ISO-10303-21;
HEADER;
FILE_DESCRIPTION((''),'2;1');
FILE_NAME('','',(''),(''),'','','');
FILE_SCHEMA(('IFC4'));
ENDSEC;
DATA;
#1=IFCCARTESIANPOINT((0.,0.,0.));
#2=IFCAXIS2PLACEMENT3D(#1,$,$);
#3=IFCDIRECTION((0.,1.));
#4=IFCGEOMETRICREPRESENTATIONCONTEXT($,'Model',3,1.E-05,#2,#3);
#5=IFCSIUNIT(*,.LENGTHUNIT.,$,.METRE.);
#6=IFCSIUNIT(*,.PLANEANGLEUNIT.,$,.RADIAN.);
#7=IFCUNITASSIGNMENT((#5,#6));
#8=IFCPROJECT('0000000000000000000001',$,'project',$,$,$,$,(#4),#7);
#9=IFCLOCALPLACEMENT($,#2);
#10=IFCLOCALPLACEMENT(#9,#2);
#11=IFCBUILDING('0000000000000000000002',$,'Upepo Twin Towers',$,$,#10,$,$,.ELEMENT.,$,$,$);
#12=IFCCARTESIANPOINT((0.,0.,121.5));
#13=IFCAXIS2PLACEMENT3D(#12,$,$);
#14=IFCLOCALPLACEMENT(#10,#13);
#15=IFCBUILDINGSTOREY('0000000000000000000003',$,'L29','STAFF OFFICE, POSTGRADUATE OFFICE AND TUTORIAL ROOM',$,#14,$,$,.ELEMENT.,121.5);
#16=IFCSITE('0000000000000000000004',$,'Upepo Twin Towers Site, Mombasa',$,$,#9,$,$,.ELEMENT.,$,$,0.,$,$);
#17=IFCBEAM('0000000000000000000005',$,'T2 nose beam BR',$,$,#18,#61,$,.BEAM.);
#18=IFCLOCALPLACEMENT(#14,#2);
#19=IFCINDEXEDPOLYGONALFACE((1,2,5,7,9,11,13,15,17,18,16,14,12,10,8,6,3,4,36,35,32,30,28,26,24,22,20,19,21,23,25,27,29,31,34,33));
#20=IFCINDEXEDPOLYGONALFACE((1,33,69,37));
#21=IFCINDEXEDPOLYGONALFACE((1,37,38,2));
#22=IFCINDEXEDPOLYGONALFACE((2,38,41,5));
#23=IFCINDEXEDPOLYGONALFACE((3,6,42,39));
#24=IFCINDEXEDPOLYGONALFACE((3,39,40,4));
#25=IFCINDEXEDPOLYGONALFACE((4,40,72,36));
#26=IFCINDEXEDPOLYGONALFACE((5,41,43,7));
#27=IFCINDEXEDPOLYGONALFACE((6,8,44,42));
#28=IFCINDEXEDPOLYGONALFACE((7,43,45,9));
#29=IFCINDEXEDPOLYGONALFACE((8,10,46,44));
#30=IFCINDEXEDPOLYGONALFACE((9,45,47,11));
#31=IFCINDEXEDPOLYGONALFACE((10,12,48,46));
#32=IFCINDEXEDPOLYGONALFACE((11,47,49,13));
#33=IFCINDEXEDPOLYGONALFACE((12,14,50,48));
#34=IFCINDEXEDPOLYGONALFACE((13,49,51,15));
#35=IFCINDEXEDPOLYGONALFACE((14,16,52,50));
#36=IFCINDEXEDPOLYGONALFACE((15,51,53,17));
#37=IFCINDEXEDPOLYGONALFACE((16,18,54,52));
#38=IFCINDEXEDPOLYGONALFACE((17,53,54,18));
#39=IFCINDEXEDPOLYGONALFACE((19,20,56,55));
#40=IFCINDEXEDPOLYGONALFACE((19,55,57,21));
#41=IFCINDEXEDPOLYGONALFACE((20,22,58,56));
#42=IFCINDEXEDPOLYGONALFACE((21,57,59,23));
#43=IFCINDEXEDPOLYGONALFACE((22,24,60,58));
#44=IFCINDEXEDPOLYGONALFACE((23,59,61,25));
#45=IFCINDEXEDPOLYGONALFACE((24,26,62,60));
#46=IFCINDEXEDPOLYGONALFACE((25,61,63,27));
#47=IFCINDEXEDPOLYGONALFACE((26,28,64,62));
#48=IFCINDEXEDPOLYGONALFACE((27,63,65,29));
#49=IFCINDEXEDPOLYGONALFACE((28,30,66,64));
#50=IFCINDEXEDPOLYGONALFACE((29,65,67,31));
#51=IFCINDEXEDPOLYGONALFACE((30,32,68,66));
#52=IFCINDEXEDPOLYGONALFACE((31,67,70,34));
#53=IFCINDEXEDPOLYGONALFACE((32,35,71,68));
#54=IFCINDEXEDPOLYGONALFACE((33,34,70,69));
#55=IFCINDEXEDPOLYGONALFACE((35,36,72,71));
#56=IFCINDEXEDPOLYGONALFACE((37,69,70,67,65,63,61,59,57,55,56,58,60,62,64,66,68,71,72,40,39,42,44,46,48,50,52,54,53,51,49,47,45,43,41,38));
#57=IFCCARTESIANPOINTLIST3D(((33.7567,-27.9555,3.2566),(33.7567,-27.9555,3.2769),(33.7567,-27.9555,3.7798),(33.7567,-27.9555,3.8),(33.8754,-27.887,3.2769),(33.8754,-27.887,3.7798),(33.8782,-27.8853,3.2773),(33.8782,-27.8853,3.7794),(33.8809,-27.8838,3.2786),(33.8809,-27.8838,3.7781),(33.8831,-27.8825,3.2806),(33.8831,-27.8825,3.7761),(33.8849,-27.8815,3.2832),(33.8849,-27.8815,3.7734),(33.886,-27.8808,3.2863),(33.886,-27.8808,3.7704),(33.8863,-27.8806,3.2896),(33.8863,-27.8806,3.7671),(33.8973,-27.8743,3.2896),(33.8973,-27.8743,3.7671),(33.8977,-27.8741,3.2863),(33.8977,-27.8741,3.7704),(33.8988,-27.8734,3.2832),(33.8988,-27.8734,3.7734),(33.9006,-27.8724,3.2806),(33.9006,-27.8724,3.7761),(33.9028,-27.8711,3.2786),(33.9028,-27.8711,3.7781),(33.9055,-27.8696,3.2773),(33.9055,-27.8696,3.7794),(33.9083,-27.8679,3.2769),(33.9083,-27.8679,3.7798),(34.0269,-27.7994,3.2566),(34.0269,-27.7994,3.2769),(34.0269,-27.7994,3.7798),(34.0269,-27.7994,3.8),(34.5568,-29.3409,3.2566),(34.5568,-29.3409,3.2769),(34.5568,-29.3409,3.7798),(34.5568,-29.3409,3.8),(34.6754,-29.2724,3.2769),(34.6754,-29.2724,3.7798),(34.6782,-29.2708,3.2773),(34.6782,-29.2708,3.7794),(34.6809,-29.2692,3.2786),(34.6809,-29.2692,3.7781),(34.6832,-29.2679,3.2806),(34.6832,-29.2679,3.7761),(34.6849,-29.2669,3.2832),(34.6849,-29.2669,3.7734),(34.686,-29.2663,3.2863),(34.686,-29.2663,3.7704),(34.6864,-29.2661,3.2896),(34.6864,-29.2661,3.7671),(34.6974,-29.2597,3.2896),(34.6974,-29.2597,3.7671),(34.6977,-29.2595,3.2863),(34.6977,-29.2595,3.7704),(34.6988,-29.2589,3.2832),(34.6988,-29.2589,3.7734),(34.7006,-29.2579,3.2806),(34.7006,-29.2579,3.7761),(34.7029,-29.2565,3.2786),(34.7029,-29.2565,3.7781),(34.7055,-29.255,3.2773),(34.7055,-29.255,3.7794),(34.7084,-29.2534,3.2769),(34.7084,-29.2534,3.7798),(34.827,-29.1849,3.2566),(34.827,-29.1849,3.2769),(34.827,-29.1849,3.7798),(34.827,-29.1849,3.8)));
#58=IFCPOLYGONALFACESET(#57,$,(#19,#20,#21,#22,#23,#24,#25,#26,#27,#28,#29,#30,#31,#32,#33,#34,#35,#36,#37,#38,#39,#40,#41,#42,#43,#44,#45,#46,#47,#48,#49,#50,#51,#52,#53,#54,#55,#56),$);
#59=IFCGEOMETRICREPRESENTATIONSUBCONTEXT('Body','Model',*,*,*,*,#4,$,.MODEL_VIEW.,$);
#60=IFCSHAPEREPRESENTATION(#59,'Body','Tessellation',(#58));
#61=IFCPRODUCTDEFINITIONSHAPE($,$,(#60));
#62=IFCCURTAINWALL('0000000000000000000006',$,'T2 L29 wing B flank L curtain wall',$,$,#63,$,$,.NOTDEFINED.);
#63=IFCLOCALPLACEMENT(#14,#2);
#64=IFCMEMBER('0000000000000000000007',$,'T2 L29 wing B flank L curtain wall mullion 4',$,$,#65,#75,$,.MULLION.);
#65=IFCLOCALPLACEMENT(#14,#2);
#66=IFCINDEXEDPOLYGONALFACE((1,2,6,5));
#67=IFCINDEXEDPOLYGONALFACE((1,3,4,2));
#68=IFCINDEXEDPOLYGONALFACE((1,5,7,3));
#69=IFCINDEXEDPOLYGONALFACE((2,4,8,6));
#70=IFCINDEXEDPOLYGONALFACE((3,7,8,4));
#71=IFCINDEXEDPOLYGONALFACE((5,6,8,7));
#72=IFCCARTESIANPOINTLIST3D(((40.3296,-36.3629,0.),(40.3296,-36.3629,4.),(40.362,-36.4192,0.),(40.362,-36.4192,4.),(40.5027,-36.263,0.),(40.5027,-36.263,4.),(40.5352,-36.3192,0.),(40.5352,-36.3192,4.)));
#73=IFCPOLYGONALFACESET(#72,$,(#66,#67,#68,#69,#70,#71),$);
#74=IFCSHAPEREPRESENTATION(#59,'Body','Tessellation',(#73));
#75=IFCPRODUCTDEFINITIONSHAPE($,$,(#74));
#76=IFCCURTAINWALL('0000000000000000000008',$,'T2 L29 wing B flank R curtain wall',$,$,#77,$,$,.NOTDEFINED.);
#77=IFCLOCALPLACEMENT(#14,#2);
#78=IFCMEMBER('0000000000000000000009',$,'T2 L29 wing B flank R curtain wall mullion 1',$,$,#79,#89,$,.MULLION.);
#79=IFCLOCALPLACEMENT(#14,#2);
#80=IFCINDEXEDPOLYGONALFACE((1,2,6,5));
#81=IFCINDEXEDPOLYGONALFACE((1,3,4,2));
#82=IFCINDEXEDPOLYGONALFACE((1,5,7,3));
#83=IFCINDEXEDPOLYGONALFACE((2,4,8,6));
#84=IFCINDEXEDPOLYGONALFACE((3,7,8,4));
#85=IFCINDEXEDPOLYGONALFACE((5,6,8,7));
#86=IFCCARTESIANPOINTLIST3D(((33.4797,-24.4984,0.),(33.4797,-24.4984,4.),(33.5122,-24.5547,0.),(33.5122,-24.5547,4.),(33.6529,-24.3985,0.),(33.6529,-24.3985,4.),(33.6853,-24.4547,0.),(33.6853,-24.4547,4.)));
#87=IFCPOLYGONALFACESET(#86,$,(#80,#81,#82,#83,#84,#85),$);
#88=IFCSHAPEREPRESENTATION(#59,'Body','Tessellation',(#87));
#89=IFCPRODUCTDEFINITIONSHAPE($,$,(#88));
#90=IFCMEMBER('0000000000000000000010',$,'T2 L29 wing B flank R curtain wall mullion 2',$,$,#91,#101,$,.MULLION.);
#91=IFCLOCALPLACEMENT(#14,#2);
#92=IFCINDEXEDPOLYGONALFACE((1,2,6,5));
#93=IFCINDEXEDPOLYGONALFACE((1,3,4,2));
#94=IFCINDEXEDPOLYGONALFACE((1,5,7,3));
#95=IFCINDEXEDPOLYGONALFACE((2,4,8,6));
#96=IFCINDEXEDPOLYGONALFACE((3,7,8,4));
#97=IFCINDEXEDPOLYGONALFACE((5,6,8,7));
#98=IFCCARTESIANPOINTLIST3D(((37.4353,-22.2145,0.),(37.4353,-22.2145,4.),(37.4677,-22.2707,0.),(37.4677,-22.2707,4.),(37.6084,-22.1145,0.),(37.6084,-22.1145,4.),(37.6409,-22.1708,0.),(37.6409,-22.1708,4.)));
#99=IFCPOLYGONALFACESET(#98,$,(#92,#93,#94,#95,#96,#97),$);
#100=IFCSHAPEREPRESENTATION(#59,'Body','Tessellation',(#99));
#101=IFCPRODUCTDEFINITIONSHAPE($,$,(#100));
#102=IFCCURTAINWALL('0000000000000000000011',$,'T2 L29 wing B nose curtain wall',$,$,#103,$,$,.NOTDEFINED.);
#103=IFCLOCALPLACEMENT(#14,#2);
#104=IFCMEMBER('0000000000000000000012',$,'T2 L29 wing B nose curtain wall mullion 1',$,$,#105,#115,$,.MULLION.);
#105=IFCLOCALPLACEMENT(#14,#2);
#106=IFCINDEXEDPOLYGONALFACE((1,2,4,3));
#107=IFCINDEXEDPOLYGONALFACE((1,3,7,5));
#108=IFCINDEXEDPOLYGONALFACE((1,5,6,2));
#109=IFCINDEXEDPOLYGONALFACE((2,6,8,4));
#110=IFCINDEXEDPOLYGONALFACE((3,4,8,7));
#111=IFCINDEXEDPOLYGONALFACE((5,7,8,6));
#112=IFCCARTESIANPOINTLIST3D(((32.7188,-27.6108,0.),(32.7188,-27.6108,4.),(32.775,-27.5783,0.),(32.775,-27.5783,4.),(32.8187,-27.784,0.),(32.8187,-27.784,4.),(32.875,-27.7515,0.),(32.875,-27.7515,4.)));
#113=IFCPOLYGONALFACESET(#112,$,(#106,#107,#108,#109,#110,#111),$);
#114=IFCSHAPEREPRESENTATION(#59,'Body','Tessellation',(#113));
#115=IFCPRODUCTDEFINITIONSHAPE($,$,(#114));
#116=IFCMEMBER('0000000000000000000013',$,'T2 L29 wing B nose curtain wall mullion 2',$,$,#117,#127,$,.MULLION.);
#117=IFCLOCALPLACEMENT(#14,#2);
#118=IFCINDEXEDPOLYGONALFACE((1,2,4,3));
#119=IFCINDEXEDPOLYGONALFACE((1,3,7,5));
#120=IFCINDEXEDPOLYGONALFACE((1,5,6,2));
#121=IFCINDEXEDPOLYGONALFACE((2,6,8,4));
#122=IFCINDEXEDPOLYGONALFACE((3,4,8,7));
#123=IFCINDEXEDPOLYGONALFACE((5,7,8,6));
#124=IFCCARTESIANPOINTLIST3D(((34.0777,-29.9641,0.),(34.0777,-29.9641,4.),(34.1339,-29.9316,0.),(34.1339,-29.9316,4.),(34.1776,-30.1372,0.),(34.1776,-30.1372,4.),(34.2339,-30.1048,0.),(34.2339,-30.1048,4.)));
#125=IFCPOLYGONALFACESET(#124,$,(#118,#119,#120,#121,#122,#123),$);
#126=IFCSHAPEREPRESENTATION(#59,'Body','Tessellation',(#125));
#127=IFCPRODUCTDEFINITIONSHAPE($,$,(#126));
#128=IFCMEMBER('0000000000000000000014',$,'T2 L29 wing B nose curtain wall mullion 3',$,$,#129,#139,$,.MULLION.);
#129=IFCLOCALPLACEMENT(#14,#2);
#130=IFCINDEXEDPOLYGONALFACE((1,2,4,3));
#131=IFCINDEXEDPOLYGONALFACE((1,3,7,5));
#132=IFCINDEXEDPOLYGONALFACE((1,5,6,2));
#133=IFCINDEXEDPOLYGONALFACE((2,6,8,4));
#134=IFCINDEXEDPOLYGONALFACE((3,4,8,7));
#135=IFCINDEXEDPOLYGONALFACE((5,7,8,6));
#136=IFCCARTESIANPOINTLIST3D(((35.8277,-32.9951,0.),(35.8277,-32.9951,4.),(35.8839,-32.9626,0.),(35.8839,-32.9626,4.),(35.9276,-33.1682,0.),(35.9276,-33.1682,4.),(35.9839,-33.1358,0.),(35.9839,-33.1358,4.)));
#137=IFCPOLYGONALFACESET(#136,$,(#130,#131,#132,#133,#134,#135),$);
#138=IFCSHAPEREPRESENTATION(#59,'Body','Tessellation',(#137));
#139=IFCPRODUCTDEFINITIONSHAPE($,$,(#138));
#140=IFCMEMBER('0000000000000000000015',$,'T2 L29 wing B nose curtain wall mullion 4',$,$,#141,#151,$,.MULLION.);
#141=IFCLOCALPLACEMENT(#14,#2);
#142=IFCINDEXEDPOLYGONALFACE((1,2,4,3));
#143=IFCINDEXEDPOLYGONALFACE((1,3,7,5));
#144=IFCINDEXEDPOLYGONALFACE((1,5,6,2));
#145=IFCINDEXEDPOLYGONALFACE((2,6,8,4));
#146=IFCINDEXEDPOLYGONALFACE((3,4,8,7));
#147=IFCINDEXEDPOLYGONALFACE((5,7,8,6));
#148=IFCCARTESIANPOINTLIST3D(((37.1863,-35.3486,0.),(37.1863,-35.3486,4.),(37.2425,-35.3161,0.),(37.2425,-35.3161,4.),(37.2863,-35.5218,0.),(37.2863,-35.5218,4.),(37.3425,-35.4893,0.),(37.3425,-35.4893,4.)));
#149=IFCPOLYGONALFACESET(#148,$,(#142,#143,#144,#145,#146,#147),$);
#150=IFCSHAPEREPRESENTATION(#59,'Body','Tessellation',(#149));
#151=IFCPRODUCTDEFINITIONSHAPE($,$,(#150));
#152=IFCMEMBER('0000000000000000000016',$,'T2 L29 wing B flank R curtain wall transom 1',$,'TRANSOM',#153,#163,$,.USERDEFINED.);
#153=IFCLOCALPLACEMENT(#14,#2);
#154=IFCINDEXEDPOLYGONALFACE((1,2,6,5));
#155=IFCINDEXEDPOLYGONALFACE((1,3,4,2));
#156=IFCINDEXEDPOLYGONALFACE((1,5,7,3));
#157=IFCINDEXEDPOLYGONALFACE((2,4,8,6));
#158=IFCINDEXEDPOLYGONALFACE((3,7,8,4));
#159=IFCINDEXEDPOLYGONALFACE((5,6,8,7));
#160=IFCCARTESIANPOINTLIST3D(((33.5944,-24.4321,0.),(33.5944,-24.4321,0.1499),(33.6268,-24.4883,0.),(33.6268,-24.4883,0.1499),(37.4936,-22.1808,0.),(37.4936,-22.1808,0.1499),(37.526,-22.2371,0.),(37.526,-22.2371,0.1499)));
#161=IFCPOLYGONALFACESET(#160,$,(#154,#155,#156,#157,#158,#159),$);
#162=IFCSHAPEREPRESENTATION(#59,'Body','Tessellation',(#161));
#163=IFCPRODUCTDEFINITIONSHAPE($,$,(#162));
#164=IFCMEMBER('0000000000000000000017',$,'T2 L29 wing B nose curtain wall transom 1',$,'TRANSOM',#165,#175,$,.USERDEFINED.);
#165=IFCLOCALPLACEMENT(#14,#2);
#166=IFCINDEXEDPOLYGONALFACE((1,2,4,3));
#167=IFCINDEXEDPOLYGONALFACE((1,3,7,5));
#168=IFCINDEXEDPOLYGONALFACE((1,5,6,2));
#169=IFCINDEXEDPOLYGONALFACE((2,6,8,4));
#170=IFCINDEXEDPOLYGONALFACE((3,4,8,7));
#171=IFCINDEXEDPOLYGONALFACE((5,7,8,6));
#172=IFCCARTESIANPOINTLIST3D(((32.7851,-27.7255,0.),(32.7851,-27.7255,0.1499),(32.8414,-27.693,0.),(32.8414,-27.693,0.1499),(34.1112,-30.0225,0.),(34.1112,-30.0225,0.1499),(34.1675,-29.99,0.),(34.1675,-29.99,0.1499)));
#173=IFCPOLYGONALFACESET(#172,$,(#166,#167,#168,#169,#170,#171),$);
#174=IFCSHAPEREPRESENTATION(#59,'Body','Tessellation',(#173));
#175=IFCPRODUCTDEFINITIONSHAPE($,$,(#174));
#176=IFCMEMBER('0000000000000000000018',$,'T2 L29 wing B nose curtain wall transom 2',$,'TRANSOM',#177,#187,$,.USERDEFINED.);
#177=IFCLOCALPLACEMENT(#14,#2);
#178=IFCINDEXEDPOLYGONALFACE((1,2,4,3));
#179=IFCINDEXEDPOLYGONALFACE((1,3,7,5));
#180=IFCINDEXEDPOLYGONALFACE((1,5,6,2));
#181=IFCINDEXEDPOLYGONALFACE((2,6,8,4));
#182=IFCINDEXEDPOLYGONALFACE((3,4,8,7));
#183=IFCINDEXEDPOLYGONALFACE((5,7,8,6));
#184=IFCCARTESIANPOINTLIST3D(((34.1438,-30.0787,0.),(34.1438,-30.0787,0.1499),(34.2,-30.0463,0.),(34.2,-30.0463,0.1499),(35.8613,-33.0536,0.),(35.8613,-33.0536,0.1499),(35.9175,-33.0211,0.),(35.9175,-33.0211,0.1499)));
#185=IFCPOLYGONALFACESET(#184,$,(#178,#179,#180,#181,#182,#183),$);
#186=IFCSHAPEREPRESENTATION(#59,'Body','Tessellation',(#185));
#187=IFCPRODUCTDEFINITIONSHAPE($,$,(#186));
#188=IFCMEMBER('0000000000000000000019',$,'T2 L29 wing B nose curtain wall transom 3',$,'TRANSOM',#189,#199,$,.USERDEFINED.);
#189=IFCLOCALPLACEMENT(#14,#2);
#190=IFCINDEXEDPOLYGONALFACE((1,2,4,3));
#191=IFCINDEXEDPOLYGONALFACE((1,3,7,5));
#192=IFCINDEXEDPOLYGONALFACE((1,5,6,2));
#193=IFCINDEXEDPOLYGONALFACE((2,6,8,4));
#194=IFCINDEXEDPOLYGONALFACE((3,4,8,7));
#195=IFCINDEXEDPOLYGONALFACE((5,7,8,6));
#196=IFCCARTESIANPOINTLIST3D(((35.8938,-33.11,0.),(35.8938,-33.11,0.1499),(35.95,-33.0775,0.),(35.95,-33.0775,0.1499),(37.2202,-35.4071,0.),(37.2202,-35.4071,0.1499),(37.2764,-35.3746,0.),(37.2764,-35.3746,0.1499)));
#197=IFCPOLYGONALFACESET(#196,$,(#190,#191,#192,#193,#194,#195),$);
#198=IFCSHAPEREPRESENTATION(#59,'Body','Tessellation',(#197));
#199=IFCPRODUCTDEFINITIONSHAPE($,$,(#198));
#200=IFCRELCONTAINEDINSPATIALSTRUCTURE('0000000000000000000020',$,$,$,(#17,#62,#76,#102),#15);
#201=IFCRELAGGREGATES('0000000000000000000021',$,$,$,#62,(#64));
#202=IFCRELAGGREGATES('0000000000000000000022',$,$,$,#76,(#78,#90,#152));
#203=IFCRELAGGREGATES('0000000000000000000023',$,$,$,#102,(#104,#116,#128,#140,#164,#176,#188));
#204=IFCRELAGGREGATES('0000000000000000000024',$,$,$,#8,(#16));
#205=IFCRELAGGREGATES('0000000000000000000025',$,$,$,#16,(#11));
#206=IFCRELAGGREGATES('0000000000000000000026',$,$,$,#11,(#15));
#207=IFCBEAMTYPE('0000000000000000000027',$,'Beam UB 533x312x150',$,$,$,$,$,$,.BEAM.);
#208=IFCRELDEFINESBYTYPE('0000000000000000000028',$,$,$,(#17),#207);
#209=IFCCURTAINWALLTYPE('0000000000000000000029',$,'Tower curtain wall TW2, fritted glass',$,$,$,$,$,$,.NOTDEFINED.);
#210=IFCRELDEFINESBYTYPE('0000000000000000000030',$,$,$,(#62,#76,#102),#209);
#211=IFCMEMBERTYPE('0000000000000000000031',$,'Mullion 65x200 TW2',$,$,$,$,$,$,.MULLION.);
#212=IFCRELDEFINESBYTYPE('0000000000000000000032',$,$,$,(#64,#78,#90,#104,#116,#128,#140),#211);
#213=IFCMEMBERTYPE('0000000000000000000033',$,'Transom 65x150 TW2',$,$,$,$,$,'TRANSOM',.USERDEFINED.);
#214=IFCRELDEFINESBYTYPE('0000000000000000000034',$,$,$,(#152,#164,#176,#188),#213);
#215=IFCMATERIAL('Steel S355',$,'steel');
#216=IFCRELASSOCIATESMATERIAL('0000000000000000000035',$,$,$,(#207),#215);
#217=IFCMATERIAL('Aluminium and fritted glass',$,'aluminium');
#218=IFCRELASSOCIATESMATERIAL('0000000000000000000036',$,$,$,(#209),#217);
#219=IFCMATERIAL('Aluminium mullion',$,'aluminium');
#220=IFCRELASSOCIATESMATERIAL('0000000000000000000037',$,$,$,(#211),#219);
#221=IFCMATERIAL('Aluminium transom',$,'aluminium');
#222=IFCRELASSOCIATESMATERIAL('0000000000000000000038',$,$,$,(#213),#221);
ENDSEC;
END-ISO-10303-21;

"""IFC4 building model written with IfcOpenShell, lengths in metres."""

from ifc_helpers import new_model, si_unit, direction, frame, origin, origin_2d, place, context, subcontext, project, spatial, rectangle, i_section, extrude, material, material_profile, profile_set, type_object, element, aggregate, save


model = new_model("IFC4")

# Units and contexts
model_context = context("Model", 3, precision=1e-05, world=origin(), true_north=direction((0.0, 1.0)))
body_context = subcontext(model_context, "Body", "Model", "MODEL_VIEW")
ifc_project = project(units=[si_unit("LENGTHUNIT", "METRE"), si_unit("PLANEANGLEUNIT", "RADIAN")], contexts=[model_context])

# Site, building, storey
site_placement = place(None, origin())
site = spatial("IfcSite", under=ifc_project, at=site_placement, Name="Upepo Twin Towers Site, Mombasa", CompositionType="ELEMENT", RefElevation=0.0)
building_placement = place(site_placement, origin())
building = spatial("IfcBuilding", under=site, at=building_placement, Name="Upepo Twin Towers", CompositionType="ELEMENT")
storey_placement = place(building_placement, frame((0.0, 0.0, 121.5)))
storey = spatial("IfcBuildingStorey", under=building, at=storey_placement, Name="L29", Description="STAFF OFFICE, POSTGRADUATE OFFICE AND TUTORIAL ROOM", CompositionType="ELEMENT", Elevation=121.5)

# Beam
ifc_material_1 = material(Name="Steel S355", Category="steel")
ifc_material_profile_1 = material_profile(ifc_material_1, i_section(OverallWidth=0.312, OverallDepth=0.5435, WebThickness=0.0127, FlangeThickness=0.0203, FilletRadius=0.0127, at=origin_2d()), Name="UB 533x312x150")
ifc_profile_set_1 = profile_set([ifc_material_profile_1], Name="Steel S355")
beam_type_1 = type_object("IfcBeamType", Name="Beam UB 533x312x150", PredefinedType="BEAM", material=ifc_profile_set_1)
for number, where, z_axis, x_axis, name in (
    (1, (33.8918, -27.8774, 3.5283), (0.500061, -0.86599, 0.0), (0.86599, 0.500061, 0.0), "T2 nose beam BR"),
):
    element("IfcBeam", number, at=place(storey_placement, frame(where, z_axis=z_axis, x_axis=x_axis)), inside=storey, type_object=beam_type_1, Name=name, PredefinedType="BEAM", context=body_context, shape_type="SweptSolid", body=[
        extrude(i_section(OverallWidth=0.312, OverallDepth=0.5435, WebThickness=0.0127, FlangeThickness=0.0203, FilletRadius=0.0127, at=origin_2d()), origin(), (0.0, 0.0, 1.0), 1.5999),
    ])

# Curtain wall, member
ifc_material_2 = material(Name="Aluminium and fritted glass", Category="aluminium")
curtain_wall_type = type_object("IfcCurtainWallType", Name="Tower curtain wall TW2, fritted glass", PredefinedType="NOTDEFINED", material=ifc_material_2)
curtain_wall_1_placement = place(storey_placement, origin())
curtain_wall_1 = element("IfcCurtainWall", 2, at=curtain_wall_1_placement, inside=storey, type_object=curtain_wall_type, Name="T2 L29 wing B flank L curtain wall", PredefinedType="NOTDEFINED")
ifc_material_3 = material(Name="Aluminium mullion", Category="aluminium")
ifc_material_profile_2 = material_profile(ifc_material_3, rectangle(XDim=0.0649, YDim=0.2, at=origin_2d()), Name="MULLION 65x200")
ifc_profile_set_2 = profile_set([ifc_material_profile_2], Name="Aluminium mullion")
member_type_1 = type_object("IfcMemberType", Name="Mullion 65x200 TW2", PredefinedType="MULLION", material=ifc_profile_set_2)
member_1_placement = place(storey_placement, frame((40.4324, -36.3411, 0.0), z_axis=(0.0, 0.0, 1.0), x_axis=(0.5, -0.866025, 0.0)))
member_1 = element("IfcMember", 3, at=member_1_placement, type_object=member_type_1, Name="T2 L29 wing B flank L curtain wall mullion 4", PredefinedType="MULLION", context=body_context, shape_type="SweptSolid", body=[
    extrude(rectangle(XDim=0.0649, YDim=0.2, at=origin_2d()), origin(), (0.0, 0.0, 1.0), 4.0),
])
aggregate(curtain_wall_1, [member_1])

# Curtain walls, members
curtain_wall_2_placement = place(storey_placement, origin())
curtain_wall_2 = element("IfcCurtainWall", 4, at=curtain_wall_2_placement, inside=storey, type_object=curtain_wall_type, Name="T2 L29 wing B flank R curtain wall", PredefinedType="NOTDEFINED")
member_2_placement = place(storey_placement, frame((33.5825, -24.4766, 0.0), z_axis=(0.0, 0.0, 1.0), x_axis=(-0.5, 0.866025, 0.0)))
member_2 = element("IfcMember", 5, at=member_2_placement, type_object=member_type_1, Name="T2 L29 wing B flank R curtain wall mullion 1", PredefinedType="MULLION", context=body_context, shape_type="SweptSolid", body=[
    extrude(rectangle(XDim=0.0649, YDim=0.2, at=origin_2d()), origin(), (0.0, 0.0, 1.0), 4.0),
])
member_3_placement = place(storey_placement, frame((37.5381, -22.1926, 0.0), z_axis=(0.0, 0.0, 1.0), x_axis=(-0.5, 0.866025, 0.0)))
member_3 = element("IfcMember", 6, at=member_3_placement, type_object=member_type_1, Name="T2 L29 wing B flank R curtain wall mullion 2", PredefinedType="MULLION", context=body_context, shape_type="SweptSolid", body=[
    extrude(rectangle(XDim=0.0649, YDim=0.2, at=origin_2d()), origin(), (0.0, 0.0, 1.0), 4.0),
])
curtain_wall_3_placement = place(storey_placement, origin())
curtain_wall_3 = element("IfcCurtainWall", 7, at=curtain_wall_3_placement, inside=storey, type_object=curtain_wall_type, Name="T2 L29 wing B nose curtain wall", PredefinedType="NOTDEFINED")
member_4_placement = place(storey_placement, frame((32.7969, -27.6812, 0.0), z_axis=(0.0, 0.0, 1.0), x_axis=(0.866025, 0.5, 0.0)))
member_4 = element("IfcMember", 8, at=member_4_placement, type_object=member_type_1, Name="T2 L29 wing B nose curtain wall mullion 1", PredefinedType="MULLION", context=body_context, shape_type="SweptSolid", body=[
    extrude(rectangle(XDim=0.0649, YDim=0.2, at=origin_2d()), origin(), (0.0, 0.0, 1.0), 4.0),
])
member_5_placement = place(storey_placement, frame((34.1558, -30.0344, 0.0), z_axis=(0.0, 0.0, 1.0), x_axis=(0.866025, 0.5, 0.0)))
member_5 = element("IfcMember", 9, at=member_5_placement, type_object=member_type_1, Name="T2 L29 wing B nose curtain wall mullion 2", PredefinedType="MULLION", context=body_context, shape_type="SweptSolid", body=[
    extrude(rectangle(XDim=0.0649, YDim=0.2, at=origin_2d()), origin(), (0.0, 0.0, 1.0), 4.0),
])
member_6_placement = place(storey_placement, frame((35.9058, -33.0654, 0.0), z_axis=(0.0, 0.0, 1.0), x_axis=(0.866025, 0.5, 0.0)))
member_6 = element("IfcMember", 10, at=member_6_placement, type_object=member_type_1, Name="T2 L29 wing B nose curtain wall mullion 3", PredefinedType="MULLION", context=body_context, shape_type="SweptSolid", body=[
    extrude(rectangle(XDim=0.0649, YDim=0.2, at=origin_2d()), origin(), (0.0, 0.0, 1.0), 4.0),
])
member_7_placement = place(storey_placement, frame((37.2644, -35.4189, 0.0), z_axis=(0.0, 0.0, 1.0), x_axis=(0.866025, 0.5, 0.0)))
member_7 = element("IfcMember", 11, at=member_7_placement, type_object=member_type_1, Name="T2 L29 wing B nose curtain wall mullion 4", PredefinedType="MULLION", context=body_context, shape_type="SweptSolid", body=[
    extrude(rectangle(XDim=0.0649, YDim=0.2, at=origin_2d()), origin(), (0.0, 0.0, 1.0), 4.0),
])

# Members
ifc_material_4 = material(Name="Aluminium transom", Category="aluminium")
ifc_material_profile_3 = material_profile(ifc_material_4, rectangle(XDim=0.0649, YDim=0.1499, at=origin_2d()), Name="TRANSOM 65x150")
ifc_profile_set_3 = profile_set([ifc_material_profile_3], Name="Aluminium transom")
member_type_2 = type_object("IfcMemberType", Name="Transom 65x150 TW2", ElementType="TRANSOM", PredefinedType="USERDEFINED", material=ifc_profile_set_3)
member_8_placement = place(storey_placement, frame((33.6106, -24.4602, 0.075), z_axis=(0.866022, 0.500006, 0.0), x_axis=(-0.500006, 0.866022, 0.0)))
member_8 = element("IfcMember", 12, at=member_8_placement, type_object=member_type_2, Name="T2 L29 wing B flank R curtain wall transom 1", ObjectType="TRANSOM", PredefinedType="USERDEFINED", context=body_context, shape_type="SweptSolid", body=[
    extrude(rectangle(XDim=0.0649, YDim=0.1499, at=origin_2d()), origin(), (0.0, 0.0, 1.0), 4.5024),
])
member_9_placement = place(storey_placement, frame((32.8132, -27.7092, 0.075), z_axis=(0.49998, -0.866037, 0.0), x_axis=(0.866037, 0.49998, 0.0)))
member_9 = element("IfcMember", 13, at=member_9_placement, type_object=member_type_2, Name="T2 L29 wing B nose curtain wall transom 1", ObjectType="TRANSOM", PredefinedType="USERDEFINED", context=body_context, shape_type="SweptSolid", body=[
    extrude(rectangle(XDim=0.0649, YDim=0.1499, at=origin_2d()), origin(), (0.0, 0.0, 1.0), 2.6523),
])
member_10_placement = place(storey_placement, frame((34.1719, -30.0625, 0.075), z_axis=(0.499999, -0.866026, 0.0), x_axis=(0.866026, 0.499999, 0.0)))
member_10 = element("IfcMember", 14, at=member_10_placement, type_object=member_type_2, Name="T2 L29 wing B nose curtain wall transom 2", ObjectType="TRANSOM", PredefinedType="USERDEFINED", context=body_context, shape_type="SweptSolid", body=[
    extrude(rectangle(XDim=0.0649, YDim=0.1499, at=origin_2d()), origin(), (0.0, 0.0, 1.0), 3.4351),
])
member_11_placement = place(storey_placement, frame((35.9219, -33.0938, 0.075), z_axis=(0.500049, -0.865997, 0.0), x_axis=(0.865997, 0.500049, 0.0)))
member_11 = element("IfcMember", 15, at=member_11_placement, type_object=member_type_2, Name="T2 L29 wing B nose curtain wall transom 3", ObjectType="TRANSOM", PredefinedType="USERDEFINED", context=body_context, shape_type="SweptSolid", body=[
    extrude(rectangle(XDim=0.0649, YDim=0.1499, at=origin_2d()), origin(), (0.0, 0.0, 1.0), 2.6526),
])

aggregate(curtain_wall_2, [member_2, member_3, member_8])
aggregate(curtain_wall_3, [member_4, member_5, member_6, member_7, member_9, member_10, member_11])

save(model, "model.ifc")
